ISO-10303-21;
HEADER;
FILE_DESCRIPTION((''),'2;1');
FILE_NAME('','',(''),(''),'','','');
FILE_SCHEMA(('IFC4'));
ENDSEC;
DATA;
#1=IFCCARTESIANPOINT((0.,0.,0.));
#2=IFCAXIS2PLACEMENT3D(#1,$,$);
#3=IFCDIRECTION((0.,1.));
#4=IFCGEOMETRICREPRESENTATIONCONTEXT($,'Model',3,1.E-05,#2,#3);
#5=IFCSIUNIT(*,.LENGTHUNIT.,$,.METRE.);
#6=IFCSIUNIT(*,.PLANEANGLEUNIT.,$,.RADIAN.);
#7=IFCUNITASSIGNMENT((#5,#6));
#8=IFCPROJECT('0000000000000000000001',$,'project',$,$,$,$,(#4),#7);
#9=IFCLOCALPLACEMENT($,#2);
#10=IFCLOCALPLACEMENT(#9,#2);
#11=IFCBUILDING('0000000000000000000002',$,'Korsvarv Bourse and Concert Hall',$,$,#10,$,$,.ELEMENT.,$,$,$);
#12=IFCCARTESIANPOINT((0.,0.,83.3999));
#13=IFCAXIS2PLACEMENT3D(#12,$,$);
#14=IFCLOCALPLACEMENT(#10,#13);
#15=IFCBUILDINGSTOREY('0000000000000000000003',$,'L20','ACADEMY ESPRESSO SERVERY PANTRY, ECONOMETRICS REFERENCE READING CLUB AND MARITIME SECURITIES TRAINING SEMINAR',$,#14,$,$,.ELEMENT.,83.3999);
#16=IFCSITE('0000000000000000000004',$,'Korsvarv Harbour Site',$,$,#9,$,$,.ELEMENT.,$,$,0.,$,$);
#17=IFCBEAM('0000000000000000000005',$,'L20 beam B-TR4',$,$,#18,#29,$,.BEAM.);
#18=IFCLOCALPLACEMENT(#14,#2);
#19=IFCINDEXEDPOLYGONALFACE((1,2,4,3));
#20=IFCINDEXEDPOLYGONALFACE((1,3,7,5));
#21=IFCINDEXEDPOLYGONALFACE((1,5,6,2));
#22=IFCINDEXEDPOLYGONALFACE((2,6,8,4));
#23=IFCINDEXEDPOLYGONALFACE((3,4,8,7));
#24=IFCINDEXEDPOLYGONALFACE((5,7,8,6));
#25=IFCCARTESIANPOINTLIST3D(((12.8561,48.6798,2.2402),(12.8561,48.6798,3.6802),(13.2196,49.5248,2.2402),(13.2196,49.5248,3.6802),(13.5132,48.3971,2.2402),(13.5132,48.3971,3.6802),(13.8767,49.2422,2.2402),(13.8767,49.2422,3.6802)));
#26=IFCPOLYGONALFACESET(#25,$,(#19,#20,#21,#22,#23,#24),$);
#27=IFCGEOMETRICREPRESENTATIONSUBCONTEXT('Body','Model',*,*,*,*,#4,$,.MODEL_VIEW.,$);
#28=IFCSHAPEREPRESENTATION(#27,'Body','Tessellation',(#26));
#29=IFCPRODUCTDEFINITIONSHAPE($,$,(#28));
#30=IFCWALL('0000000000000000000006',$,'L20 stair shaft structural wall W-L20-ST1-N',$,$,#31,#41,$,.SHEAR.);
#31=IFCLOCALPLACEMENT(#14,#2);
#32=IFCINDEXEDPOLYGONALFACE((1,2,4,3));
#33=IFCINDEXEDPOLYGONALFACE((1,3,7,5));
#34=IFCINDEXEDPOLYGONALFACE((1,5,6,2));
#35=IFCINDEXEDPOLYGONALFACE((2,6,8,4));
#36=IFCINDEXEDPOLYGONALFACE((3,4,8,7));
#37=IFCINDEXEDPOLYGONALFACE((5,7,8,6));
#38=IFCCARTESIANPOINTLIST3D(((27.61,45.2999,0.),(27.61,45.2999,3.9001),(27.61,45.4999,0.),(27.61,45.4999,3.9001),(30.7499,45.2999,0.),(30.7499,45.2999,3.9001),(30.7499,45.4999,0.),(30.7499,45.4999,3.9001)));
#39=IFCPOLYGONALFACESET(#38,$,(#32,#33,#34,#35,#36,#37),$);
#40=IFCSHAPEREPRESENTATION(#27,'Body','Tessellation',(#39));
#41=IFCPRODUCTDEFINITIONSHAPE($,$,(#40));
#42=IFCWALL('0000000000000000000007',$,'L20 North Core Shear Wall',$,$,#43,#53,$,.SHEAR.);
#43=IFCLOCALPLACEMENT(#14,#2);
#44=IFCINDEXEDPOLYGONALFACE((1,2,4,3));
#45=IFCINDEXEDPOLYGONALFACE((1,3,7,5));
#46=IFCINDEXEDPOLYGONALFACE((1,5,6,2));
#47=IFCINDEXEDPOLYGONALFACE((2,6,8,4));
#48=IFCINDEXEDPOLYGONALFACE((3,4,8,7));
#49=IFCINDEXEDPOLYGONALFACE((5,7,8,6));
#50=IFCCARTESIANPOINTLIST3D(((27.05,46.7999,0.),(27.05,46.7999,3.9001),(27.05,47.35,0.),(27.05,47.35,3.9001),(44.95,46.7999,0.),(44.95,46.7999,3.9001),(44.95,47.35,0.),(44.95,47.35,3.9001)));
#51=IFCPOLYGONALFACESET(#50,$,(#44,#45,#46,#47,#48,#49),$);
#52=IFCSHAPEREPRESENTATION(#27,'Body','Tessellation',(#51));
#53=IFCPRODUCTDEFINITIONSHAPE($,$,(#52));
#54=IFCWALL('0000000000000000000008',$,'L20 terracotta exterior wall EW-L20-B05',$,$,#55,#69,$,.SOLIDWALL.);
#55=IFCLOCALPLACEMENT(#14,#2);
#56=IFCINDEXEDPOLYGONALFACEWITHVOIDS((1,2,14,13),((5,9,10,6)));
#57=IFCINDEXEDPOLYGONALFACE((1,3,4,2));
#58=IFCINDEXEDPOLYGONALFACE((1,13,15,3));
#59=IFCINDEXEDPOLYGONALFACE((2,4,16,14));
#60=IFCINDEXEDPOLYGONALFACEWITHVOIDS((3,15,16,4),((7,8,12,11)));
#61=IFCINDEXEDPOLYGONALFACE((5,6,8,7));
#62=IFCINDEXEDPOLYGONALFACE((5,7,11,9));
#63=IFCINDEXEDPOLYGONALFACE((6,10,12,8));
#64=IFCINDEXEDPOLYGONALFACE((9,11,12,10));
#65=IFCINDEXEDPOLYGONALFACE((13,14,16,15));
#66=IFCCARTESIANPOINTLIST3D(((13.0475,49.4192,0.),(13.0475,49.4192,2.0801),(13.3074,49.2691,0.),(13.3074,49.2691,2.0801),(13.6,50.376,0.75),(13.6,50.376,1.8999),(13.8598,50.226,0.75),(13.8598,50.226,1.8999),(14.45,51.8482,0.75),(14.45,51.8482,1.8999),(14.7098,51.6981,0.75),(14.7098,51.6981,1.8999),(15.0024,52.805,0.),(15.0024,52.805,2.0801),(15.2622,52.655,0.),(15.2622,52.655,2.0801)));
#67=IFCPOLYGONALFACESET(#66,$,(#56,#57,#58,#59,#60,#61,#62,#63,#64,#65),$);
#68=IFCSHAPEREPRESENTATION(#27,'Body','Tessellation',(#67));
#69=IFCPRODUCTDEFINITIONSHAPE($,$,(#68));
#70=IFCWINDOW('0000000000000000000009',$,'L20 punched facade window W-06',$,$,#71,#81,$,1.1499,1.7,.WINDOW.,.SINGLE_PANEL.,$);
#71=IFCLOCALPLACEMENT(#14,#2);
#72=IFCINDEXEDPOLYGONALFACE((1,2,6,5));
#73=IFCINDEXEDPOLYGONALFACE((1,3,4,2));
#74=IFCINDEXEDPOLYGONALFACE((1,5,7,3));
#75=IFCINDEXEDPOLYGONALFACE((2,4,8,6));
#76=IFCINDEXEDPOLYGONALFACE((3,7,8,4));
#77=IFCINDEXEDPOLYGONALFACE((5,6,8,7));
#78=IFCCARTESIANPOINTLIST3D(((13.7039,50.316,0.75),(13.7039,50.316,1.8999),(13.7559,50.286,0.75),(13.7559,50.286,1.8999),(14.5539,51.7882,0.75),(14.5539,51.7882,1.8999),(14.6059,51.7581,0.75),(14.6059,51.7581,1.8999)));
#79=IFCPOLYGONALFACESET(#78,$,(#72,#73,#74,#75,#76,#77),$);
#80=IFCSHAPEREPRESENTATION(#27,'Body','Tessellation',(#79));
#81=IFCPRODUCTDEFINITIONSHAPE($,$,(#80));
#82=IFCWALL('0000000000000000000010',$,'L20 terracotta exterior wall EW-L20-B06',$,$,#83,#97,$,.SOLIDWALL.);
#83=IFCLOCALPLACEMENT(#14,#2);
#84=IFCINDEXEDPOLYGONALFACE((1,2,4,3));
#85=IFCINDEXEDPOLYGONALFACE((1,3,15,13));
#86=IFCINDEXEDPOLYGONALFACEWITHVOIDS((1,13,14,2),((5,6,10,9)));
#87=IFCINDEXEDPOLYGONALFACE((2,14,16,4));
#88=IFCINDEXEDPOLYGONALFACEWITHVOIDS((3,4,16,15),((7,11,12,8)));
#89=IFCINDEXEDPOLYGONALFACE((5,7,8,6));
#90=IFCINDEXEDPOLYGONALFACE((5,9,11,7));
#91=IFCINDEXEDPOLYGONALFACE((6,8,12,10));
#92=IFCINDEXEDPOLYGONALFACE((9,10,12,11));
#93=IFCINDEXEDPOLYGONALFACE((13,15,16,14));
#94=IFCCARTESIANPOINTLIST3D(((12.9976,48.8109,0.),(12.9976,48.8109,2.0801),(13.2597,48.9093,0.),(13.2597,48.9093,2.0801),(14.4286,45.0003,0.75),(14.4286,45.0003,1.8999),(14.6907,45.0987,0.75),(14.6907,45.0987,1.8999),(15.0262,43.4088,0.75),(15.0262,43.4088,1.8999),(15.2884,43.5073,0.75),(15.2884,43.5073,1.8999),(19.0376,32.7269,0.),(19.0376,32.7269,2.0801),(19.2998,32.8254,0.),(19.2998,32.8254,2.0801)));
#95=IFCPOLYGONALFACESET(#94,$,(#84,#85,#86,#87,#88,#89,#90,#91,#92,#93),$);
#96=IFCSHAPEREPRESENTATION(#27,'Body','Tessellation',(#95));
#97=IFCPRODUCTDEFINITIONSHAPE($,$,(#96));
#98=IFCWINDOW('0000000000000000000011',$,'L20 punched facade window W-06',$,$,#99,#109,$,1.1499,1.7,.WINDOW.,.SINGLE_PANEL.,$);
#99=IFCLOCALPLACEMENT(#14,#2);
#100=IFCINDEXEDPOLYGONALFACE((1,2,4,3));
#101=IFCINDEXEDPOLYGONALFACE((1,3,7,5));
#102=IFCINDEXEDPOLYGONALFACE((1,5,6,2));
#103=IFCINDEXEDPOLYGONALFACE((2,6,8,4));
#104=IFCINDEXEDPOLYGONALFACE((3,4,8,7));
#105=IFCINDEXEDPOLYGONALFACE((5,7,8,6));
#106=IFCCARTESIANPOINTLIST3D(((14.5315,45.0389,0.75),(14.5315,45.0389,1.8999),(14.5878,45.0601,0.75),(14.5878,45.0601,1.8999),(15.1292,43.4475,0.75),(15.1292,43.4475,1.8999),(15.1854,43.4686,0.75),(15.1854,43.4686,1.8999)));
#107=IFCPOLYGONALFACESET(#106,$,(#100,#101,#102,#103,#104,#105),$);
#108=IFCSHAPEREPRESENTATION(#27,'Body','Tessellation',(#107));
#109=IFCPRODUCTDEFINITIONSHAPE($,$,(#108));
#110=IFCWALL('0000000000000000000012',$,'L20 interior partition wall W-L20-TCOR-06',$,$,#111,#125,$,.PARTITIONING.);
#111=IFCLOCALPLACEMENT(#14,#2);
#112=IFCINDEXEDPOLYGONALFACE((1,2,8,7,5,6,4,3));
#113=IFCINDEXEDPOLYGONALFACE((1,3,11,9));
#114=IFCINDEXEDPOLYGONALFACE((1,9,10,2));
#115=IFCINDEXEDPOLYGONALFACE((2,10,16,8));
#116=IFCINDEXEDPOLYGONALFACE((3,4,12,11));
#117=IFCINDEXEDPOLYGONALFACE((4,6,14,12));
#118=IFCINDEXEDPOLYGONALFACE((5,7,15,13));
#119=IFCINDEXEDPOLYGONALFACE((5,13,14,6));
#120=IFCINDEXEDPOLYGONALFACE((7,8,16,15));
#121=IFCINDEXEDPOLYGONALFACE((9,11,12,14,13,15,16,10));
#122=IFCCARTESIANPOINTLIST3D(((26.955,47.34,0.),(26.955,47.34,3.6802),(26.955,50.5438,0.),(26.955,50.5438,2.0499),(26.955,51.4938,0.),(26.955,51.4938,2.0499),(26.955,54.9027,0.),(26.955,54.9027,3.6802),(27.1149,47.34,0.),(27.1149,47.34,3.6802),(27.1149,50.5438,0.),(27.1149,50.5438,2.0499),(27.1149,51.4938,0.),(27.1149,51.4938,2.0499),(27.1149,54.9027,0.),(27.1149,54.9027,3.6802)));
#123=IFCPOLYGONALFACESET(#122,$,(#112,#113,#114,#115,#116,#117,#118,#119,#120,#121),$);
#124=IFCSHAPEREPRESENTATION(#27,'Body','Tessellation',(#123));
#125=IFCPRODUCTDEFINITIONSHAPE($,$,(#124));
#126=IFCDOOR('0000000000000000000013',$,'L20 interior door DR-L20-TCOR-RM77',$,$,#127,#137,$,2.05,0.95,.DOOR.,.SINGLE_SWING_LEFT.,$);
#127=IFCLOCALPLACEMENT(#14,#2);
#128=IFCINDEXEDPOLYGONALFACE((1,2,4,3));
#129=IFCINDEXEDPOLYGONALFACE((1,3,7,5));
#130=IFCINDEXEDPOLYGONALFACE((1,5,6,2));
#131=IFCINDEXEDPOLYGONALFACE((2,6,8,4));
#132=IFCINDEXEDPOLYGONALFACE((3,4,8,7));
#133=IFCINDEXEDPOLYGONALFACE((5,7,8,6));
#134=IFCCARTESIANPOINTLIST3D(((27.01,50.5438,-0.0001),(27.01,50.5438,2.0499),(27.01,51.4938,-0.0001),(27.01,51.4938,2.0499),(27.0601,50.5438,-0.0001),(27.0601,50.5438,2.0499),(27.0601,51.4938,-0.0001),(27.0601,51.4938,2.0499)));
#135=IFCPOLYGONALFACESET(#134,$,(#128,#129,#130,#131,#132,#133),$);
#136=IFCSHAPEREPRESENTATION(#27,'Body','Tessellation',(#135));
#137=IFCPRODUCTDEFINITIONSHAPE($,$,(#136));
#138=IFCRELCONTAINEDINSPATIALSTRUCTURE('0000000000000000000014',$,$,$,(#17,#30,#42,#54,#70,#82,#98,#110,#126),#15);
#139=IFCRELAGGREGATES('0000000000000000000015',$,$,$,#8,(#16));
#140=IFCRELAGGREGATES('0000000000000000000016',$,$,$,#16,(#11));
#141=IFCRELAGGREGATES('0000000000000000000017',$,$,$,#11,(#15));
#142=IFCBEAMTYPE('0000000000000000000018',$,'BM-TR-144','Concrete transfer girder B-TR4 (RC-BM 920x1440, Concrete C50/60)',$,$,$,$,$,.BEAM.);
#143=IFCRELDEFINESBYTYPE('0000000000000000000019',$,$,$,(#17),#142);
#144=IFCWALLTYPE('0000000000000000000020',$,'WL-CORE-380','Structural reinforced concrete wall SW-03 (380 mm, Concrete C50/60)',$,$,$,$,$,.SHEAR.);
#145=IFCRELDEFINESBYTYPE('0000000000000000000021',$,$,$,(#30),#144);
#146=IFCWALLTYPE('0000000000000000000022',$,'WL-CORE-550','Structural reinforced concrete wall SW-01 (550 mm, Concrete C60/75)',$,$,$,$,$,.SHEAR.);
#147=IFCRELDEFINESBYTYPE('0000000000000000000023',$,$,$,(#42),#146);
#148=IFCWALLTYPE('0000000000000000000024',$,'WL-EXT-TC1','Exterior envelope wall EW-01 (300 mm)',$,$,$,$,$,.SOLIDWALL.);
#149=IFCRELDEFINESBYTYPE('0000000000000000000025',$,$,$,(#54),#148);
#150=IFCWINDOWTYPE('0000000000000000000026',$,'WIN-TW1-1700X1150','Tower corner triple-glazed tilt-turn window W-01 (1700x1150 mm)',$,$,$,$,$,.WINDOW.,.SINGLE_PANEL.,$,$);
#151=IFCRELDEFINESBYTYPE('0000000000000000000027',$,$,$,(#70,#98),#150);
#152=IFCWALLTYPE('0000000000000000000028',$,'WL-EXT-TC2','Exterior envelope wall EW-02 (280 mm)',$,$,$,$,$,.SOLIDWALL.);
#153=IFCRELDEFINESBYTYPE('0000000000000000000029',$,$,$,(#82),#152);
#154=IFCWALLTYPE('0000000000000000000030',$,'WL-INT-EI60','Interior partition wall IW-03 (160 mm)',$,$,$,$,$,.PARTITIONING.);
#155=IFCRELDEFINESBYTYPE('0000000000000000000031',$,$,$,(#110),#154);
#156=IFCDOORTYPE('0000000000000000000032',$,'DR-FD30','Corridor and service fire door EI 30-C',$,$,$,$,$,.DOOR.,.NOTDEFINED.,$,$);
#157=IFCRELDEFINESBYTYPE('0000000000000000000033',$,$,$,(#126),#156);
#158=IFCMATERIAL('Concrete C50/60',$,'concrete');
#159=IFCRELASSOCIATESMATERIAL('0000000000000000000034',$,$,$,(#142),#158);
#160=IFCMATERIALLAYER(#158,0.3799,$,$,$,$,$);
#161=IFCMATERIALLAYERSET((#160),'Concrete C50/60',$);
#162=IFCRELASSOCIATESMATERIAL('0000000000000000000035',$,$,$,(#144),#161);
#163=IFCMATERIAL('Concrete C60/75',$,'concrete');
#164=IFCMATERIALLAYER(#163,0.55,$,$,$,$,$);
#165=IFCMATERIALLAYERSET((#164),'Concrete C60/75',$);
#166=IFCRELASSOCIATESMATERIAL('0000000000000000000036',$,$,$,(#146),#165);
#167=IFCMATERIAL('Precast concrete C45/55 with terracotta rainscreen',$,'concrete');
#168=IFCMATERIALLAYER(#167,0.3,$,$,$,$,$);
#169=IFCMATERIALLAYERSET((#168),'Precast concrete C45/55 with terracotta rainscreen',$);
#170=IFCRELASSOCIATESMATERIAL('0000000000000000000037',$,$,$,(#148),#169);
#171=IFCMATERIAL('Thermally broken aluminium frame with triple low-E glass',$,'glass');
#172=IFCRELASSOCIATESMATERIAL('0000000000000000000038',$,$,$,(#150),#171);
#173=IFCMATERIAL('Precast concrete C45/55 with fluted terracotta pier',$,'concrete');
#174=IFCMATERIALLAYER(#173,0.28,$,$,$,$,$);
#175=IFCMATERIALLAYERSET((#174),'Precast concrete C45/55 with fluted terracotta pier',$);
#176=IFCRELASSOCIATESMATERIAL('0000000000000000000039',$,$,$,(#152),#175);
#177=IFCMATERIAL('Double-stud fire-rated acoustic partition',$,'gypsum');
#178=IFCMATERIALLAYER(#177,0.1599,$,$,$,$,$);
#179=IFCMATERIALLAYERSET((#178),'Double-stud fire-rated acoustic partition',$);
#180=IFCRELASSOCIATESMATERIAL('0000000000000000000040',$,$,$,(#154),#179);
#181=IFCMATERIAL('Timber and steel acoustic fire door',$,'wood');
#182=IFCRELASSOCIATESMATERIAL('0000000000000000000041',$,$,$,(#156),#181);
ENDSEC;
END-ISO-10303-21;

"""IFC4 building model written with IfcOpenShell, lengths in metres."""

from ifc_helpers import new_model, si_unit, direction, frame, frame_2d, origin, origin_2d, place, context, subcontext, project, spatial, rectangle, extrude, source, transform, mapped, material, layer, layer_set, material_profile, profile_set, type_object, element, fill, save


model = new_model("IFC4")

# Units and contexts
model_context = context("Model", 3, precision=1e-05, world=origin(), true_north=direction((0.0, 1.0)))
body_context = subcontext(model_context, "Body", "Model", "MODEL_VIEW")
ifc_project = project(units=[si_unit("LENGTHUNIT", "METRE"), si_unit("PLANEANGLEUNIT", "RADIAN")], contexts=[model_context])

# Site, building, storey
site_placement = place(None, origin())
site = spatial("IfcSite", under=ifc_project, at=site_placement, Name="Korsvarv Harbour Site", CompositionType="ELEMENT", RefElevation=0.0)
building_placement = place(site_placement, origin())
building = spatial("IfcBuilding", under=site, at=building_placement, Name="Korsvarv Bourse and Concert Hall", CompositionType="ELEMENT")
storey_placement = place(building_placement, frame((0.0, 0.0, 83.3999)))
storey = spatial("IfcBuildingStorey", under=building, at=storey_placement, Name="L20", Description="ACADEMY ESPRESSO SERVERY PANTRY, ECONOMETRICS REFERENCE READING CLUB AND MARITIME SECURITIES TRAINING SEMINAR", CompositionType="ELEMENT", Elevation=83.3999)

# Shared definitions
ifc_material_1 = material(Name="Concrete C60/75", Category="concrete")

# Beam
ifc_material_2 = material(Name="Concrete C50/60", Category="concrete")
ifc_material_profile_1 = material_profile(ifc_material_2, rectangle(XDim=0.9199, YDim=1.4399, at=origin_2d()), Name="RC-BM 920x1440")
ifc_profile_set_1 = profile_set([ifc_material_profile_1], Name="Concrete C50/60")
beam_type_1 = type_object("IfcBeamType", Name="BM-TR-144", Description="Concrete transfer girder B-TR4 (RC-BM 920x1440, Concrete C50/60)", PredefinedType="BEAM", material=ifc_profile_set_1)
shared_shape_1 = source(origin(), body_context, "Body", "SweptSolid", [
    extrude(rectangle(XDim=0.9199, YDim=1.4399, at=origin_2d()), origin(), (0.0, 0.0, 1.0), 0.7153),
])
for number, where, z_axis, x_axis, name in (
    (1, (13.0378, 49.1023, 2.9602), (0.918615, -0.395154, 0.0), (0.395154, 0.918615, 0.0), "L20 beam B-TR4"),
):
    element("IfcBeam", number, at=place(storey_placement, frame(where, z_axis=z_axis, x_axis=x_axis)), inside=storey, type_object=beam_type_1, Name=name, PredefinedType="BEAM", context=body_context, shape_type="MappedRepresentation", body=[
        mapped(shared_shape_1, transform((0.0, 0.0, 0.0), scale=1.0)),
    ])

# Walls
ifc_layer_1 = layer(ifc_material_2, 0.3799)
ifc_layer_set_1 = layer_set([ifc_layer_1], Name="Concrete C50/60")
wall_type_1 = type_object("IfcWallType", Name="WL-CORE-380", Description="Structural reinforced concrete wall SW-03 (380 mm, Concrete C50/60)", PredefinedType="SHEAR", material=ifc_layer_set_1)
wall_1_placement = place(storey_placement, frame((27.6101, 45.3999, 0.0), z_axis=(0.0, 0.0, 1.0), x_axis=(1.0, 0.0, 0.0)))
element("IfcWall", 2, at=wall_1_placement, inside=storey, type_object=wall_type_1, Name="L20 stair shaft structural wall W-L20-ST1-N", PredefinedType="SHEAR", context=body_context, shape_type="SweptSolid", body=[
    extrude(rectangle(XDim=3.1399, YDim=0.2, at=frame_2d((1.5698, 0.0))), origin(), (0.0, 0.0, 1.0), 3.9001),
])
ifc_layer_2 = layer(ifc_material_1, 0.55)
ifc_layer_set_2 = layer_set([ifc_layer_2], Name="Concrete C60/75")
wall_type_2 = type_object("IfcWallType", Name="WL-CORE-550", Description="Structural reinforced concrete wall SW-01 (550 mm, Concrete C60/75)", PredefinedType="SHEAR", material=ifc_layer_set_2)
wall_2_placement = place(storey_placement, frame((27.05, 47.075, 0.0), z_axis=(0.0, 0.0, 1.0), x_axis=(1.0, 0.0, 0.0)))
element("IfcWall", 3, at=wall_2_placement, inside=storey, type_object=wall_type_2, Name="L20 North Core Shear Wall", PredefinedType="SHEAR", context=body_context, shape_type="SweptSolid", body=[
    extrude(rectangle(XDim=17.8999, YDim=0.55, at=frame_2d((8.95, 0.0))), origin(), (0.0, 0.0, 1.0), 3.9001),
])

# Walls, openings, windows
ifc_material_3 = material(Name="Precast concrete C45/55 with terracotta rainscreen", Category="concrete")
ifc_layer_3 = layer(ifc_material_3, 0.3)
ifc_layer_set_3 = layer_set([ifc_layer_3], Name="Precast concrete C45/55 with terracotta rainscreen")
wall_type_3 = type_object("IfcWallType", Name="WL-EXT-TC1", Description="Exterior envelope wall EW-01 (300 mm)", PredefinedType="SOLIDWALL", material=ifc_layer_set_3)
wall_3_placement = place(storey_placement, frame((15.1323, 52.73, 0.0), z_axis=(0.0, 0.0, 1.0), x_axis=(-0.500014, -0.866017, 0.0)))
wall_3 = element("IfcWall", 4, at=wall_3_placement, inside=storey, type_object=wall_type_3, Name="L20 terracotta exterior wall EW-L20-B05", PredefinedType="SOLIDWALL", context=body_context, shape_type="SweptSolid", body=[
    extrude(rectangle(XDim=3.9097, YDim=0.3, at=frame_2d((1.9548, 0.0))), origin(), (0.0, 0.0, 1.0), 2.0801),
])
opening_1_placement = place(wall_3_placement, frame((1.1047, 0.0, 0.75)))
opening_1 = element("IfcOpeningElement", 5, at=opening_1_placement, cuts=wall_3, PredefinedType="OPENING", context=body_context, shape_type="SweptSolid", body=[
    extrude(rectangle(XDim=1.7, YDim=1.1499, at=frame_2d((0.8501, 0.575))), frame((0.0, 0.1602, 0.0), z_axis=(0.0, -1.0, 0.0), x_axis=(1.0, 0.0, 0.0)), (0.0, 0.0, 1.0), 0.3201),
])
ifc_material_4 = material(Name="Thermally broken aluminium frame with triple low-E glass", Category="glass")
window_type = type_object("IfcWindowType", Name="WIN-TW1-1700X1150", Description="Tower corner triple-glazed tilt-turn window W-01 (1700x1150 mm)", PartitioningType="SINGLE_PANEL", PredefinedType="WINDOW", material=ifc_material_4)
window_1_placement = place(opening_1_placement, origin())
window_1 = element("IfcWindow", 6, at=window_1_placement, inside=storey, type_object=window_type, Name="L20 punched facade window W-06", OverallHeight=1.1499, OverallWidth=1.7, PartitioningType="SINGLE_PANEL", PredefinedType="WINDOW", context=body_context, shape_type="SweptSolid", body=[
    extrude(rectangle(XDim=1.7, YDim=1.1499, at=frame_2d((0.8501, 0.575))), frame((0.0, 0.03, 0.0), z_axis=(0.0, -1.0, 0.0), x_axis=(1.0, 0.0, 0.0)), (0.0, 0.0, 1.0), 0.0601),
])
fill(opening_1, window_1)
ifc_material_5 = material(Name="Precast concrete C45/55 with fluted terracotta pier", Category="concrete")
ifc_layer_4 = layer(ifc_material_5, 0.28)
ifc_layer_set_4 = layer_set([ifc_layer_4], Name="Precast concrete C45/55 with fluted terracotta pier")
wall_type_4 = type_object("IfcWallType", Name="WL-EXT-TC2", Description="Exterior envelope wall EW-02 (280 mm)", PredefinedType="SOLIDWALL", material=ifc_layer_set_4)
wall_4_placement = place(storey_placement, frame((13.1287, 48.8601, 0.0), z_axis=(0.0, 0.0, 1.0), x_axis=(0.351559, -0.936166, 0.0)))
wall_4 = element("IfcWall", 7, at=wall_4_placement, inside=storey, type_object=wall_type_4, Name="L20 terracotta exterior wall EW-L20-B06", PredefinedType="SOLIDWALL", context=body_context, shape_type="SweptSolid", body=[
    extrude(rectangle(XDim=17.1807, YDim=0.28, at=frame_2d((8.5903, 0.0))), origin(), (0.0, 0.0, 1.0), 2.0801),
])
opening_2_placement = place(wall_4_placement, frame((4.0703, 0.0, 0.75)))
opening_2 = element("IfcOpeningElement", 8, at=opening_2_placement, cuts=wall_4, PredefinedType="OPENING", context=body_context, shape_type="SweptSolid", body=[
    extrude(rectangle(XDim=1.7, YDim=1.1499, at=frame_2d((0.8501, 0.575))), frame((0.0, 0.1499, 0.0), z_axis=(0.0, -1.0, 0.0), x_axis=(1.0, 0.0, 0.0)), (0.0, 0.0, 1.0), 0.3),
])
window_2_placement = place(opening_2_placement, origin())
window_2 = element("IfcWindow", 9, at=window_2_placement, inside=storey, type_object=window_type, Name="L20 punched facade window W-06", OverallHeight=1.1499, OverallWidth=1.7, PartitioningType="SINGLE_PANEL", PredefinedType="WINDOW", context=body_context, shape_type="SweptSolid", body=[
    extrude(rectangle(XDim=1.7, YDim=1.1499, at=frame_2d((0.8501, 0.575))), frame((0.0, 0.03, 0.0), z_axis=(0.0, -1.0, 0.0), x_axis=(1.0, 0.0, 0.0)), (0.0, 0.0, 1.0), 0.0601),
])
fill(opening_2, window_2)

# Wall, opening, door
ifc_material_6 = material(Name="Double-stud fire-rated acoustic partition", Category="gypsum")
ifc_layer_5 = layer(ifc_material_6, 0.1599)
ifc_layer_set_5 = layer_set([ifc_layer_5], Name="Double-stud fire-rated acoustic partition")
wall_type_5 = type_object("IfcWallType", Name="WL-INT-EI60", Description="Interior partition wall IW-03 (160 mm)", PredefinedType="PARTITIONING", material=ifc_layer_set_5)
wall_5_placement = place(storey_placement, frame((27.0349, 47.3401, 0.0), z_axis=(0.0, 0.0, 1.0), x_axis=(0.0, 1.0, 0.0)))
wall_5 = element("IfcWall", 10, at=wall_5_placement, inside=storey, type_object=wall_type_5, Name="L20 interior partition wall W-L20-TCOR-06", PredefinedType="PARTITIONING", context=body_context, shape_type="SweptSolid", body=[
    extrude(rectangle(XDim=7.5627, YDim=0.1599, at=frame_2d((3.7812, 0.0))), origin(), (0.0, 0.0, 1.0), 3.6802),
])
opening_3_placement = place(wall_5_placement, frame((3.2036, 0.0, 0.0)))
opening_3 = element("IfcOpeningElement", 11, at=opening_3_placement, cuts=wall_5, PredefinedType="OPENING", context=body_context, shape_type="SweptSolid", body=[
    extrude(rectangle(XDim=0.95, YDim=2.05, at=frame_2d((0.4751, 1.0249))), frame((0.0, 0.0898, 0.0), z_axis=(0.0, -1.0, 0.0), x_axis=(1.0, 0.0, 0.0)), (0.0, 0.0, 1.0), 0.1799),
])
ifc_material_7 = material(Name="Timber and steel acoustic fire door", Category="wood")
door_type = type_object("IfcDoorType", Name="DR-FD30", Description="Corridor and service fire door EI 30-C", OperationType="NOTDEFINED", PredefinedType="DOOR", material=ifc_material_7)
door_placement = place(opening_3_placement, origin())
door = element("IfcDoor", 12, at=door_placement, inside=storey, type_object=door_type, Name="L20 interior door DR-L20-TCOR-RM77", OperationType="SINGLE_SWING_LEFT", OverallHeight=2.05, OverallWidth=0.95, PredefinedType="DOOR", context=body_context, shape_type="SweptSolid", body=[
    extrude(rectangle(XDim=0.95, YDim=2.05, at=frame_2d((0.4751, 1.0249))), frame((0.0, 0.0249, 0.0), z_axis=(0.0, -1.0, 0.0), x_axis=(1.0, 0.0, 0.0)), (0.0, 0.0, 1.0), 0.05),
])
fill(opening_3, door)

save(model, "model.ifc")
